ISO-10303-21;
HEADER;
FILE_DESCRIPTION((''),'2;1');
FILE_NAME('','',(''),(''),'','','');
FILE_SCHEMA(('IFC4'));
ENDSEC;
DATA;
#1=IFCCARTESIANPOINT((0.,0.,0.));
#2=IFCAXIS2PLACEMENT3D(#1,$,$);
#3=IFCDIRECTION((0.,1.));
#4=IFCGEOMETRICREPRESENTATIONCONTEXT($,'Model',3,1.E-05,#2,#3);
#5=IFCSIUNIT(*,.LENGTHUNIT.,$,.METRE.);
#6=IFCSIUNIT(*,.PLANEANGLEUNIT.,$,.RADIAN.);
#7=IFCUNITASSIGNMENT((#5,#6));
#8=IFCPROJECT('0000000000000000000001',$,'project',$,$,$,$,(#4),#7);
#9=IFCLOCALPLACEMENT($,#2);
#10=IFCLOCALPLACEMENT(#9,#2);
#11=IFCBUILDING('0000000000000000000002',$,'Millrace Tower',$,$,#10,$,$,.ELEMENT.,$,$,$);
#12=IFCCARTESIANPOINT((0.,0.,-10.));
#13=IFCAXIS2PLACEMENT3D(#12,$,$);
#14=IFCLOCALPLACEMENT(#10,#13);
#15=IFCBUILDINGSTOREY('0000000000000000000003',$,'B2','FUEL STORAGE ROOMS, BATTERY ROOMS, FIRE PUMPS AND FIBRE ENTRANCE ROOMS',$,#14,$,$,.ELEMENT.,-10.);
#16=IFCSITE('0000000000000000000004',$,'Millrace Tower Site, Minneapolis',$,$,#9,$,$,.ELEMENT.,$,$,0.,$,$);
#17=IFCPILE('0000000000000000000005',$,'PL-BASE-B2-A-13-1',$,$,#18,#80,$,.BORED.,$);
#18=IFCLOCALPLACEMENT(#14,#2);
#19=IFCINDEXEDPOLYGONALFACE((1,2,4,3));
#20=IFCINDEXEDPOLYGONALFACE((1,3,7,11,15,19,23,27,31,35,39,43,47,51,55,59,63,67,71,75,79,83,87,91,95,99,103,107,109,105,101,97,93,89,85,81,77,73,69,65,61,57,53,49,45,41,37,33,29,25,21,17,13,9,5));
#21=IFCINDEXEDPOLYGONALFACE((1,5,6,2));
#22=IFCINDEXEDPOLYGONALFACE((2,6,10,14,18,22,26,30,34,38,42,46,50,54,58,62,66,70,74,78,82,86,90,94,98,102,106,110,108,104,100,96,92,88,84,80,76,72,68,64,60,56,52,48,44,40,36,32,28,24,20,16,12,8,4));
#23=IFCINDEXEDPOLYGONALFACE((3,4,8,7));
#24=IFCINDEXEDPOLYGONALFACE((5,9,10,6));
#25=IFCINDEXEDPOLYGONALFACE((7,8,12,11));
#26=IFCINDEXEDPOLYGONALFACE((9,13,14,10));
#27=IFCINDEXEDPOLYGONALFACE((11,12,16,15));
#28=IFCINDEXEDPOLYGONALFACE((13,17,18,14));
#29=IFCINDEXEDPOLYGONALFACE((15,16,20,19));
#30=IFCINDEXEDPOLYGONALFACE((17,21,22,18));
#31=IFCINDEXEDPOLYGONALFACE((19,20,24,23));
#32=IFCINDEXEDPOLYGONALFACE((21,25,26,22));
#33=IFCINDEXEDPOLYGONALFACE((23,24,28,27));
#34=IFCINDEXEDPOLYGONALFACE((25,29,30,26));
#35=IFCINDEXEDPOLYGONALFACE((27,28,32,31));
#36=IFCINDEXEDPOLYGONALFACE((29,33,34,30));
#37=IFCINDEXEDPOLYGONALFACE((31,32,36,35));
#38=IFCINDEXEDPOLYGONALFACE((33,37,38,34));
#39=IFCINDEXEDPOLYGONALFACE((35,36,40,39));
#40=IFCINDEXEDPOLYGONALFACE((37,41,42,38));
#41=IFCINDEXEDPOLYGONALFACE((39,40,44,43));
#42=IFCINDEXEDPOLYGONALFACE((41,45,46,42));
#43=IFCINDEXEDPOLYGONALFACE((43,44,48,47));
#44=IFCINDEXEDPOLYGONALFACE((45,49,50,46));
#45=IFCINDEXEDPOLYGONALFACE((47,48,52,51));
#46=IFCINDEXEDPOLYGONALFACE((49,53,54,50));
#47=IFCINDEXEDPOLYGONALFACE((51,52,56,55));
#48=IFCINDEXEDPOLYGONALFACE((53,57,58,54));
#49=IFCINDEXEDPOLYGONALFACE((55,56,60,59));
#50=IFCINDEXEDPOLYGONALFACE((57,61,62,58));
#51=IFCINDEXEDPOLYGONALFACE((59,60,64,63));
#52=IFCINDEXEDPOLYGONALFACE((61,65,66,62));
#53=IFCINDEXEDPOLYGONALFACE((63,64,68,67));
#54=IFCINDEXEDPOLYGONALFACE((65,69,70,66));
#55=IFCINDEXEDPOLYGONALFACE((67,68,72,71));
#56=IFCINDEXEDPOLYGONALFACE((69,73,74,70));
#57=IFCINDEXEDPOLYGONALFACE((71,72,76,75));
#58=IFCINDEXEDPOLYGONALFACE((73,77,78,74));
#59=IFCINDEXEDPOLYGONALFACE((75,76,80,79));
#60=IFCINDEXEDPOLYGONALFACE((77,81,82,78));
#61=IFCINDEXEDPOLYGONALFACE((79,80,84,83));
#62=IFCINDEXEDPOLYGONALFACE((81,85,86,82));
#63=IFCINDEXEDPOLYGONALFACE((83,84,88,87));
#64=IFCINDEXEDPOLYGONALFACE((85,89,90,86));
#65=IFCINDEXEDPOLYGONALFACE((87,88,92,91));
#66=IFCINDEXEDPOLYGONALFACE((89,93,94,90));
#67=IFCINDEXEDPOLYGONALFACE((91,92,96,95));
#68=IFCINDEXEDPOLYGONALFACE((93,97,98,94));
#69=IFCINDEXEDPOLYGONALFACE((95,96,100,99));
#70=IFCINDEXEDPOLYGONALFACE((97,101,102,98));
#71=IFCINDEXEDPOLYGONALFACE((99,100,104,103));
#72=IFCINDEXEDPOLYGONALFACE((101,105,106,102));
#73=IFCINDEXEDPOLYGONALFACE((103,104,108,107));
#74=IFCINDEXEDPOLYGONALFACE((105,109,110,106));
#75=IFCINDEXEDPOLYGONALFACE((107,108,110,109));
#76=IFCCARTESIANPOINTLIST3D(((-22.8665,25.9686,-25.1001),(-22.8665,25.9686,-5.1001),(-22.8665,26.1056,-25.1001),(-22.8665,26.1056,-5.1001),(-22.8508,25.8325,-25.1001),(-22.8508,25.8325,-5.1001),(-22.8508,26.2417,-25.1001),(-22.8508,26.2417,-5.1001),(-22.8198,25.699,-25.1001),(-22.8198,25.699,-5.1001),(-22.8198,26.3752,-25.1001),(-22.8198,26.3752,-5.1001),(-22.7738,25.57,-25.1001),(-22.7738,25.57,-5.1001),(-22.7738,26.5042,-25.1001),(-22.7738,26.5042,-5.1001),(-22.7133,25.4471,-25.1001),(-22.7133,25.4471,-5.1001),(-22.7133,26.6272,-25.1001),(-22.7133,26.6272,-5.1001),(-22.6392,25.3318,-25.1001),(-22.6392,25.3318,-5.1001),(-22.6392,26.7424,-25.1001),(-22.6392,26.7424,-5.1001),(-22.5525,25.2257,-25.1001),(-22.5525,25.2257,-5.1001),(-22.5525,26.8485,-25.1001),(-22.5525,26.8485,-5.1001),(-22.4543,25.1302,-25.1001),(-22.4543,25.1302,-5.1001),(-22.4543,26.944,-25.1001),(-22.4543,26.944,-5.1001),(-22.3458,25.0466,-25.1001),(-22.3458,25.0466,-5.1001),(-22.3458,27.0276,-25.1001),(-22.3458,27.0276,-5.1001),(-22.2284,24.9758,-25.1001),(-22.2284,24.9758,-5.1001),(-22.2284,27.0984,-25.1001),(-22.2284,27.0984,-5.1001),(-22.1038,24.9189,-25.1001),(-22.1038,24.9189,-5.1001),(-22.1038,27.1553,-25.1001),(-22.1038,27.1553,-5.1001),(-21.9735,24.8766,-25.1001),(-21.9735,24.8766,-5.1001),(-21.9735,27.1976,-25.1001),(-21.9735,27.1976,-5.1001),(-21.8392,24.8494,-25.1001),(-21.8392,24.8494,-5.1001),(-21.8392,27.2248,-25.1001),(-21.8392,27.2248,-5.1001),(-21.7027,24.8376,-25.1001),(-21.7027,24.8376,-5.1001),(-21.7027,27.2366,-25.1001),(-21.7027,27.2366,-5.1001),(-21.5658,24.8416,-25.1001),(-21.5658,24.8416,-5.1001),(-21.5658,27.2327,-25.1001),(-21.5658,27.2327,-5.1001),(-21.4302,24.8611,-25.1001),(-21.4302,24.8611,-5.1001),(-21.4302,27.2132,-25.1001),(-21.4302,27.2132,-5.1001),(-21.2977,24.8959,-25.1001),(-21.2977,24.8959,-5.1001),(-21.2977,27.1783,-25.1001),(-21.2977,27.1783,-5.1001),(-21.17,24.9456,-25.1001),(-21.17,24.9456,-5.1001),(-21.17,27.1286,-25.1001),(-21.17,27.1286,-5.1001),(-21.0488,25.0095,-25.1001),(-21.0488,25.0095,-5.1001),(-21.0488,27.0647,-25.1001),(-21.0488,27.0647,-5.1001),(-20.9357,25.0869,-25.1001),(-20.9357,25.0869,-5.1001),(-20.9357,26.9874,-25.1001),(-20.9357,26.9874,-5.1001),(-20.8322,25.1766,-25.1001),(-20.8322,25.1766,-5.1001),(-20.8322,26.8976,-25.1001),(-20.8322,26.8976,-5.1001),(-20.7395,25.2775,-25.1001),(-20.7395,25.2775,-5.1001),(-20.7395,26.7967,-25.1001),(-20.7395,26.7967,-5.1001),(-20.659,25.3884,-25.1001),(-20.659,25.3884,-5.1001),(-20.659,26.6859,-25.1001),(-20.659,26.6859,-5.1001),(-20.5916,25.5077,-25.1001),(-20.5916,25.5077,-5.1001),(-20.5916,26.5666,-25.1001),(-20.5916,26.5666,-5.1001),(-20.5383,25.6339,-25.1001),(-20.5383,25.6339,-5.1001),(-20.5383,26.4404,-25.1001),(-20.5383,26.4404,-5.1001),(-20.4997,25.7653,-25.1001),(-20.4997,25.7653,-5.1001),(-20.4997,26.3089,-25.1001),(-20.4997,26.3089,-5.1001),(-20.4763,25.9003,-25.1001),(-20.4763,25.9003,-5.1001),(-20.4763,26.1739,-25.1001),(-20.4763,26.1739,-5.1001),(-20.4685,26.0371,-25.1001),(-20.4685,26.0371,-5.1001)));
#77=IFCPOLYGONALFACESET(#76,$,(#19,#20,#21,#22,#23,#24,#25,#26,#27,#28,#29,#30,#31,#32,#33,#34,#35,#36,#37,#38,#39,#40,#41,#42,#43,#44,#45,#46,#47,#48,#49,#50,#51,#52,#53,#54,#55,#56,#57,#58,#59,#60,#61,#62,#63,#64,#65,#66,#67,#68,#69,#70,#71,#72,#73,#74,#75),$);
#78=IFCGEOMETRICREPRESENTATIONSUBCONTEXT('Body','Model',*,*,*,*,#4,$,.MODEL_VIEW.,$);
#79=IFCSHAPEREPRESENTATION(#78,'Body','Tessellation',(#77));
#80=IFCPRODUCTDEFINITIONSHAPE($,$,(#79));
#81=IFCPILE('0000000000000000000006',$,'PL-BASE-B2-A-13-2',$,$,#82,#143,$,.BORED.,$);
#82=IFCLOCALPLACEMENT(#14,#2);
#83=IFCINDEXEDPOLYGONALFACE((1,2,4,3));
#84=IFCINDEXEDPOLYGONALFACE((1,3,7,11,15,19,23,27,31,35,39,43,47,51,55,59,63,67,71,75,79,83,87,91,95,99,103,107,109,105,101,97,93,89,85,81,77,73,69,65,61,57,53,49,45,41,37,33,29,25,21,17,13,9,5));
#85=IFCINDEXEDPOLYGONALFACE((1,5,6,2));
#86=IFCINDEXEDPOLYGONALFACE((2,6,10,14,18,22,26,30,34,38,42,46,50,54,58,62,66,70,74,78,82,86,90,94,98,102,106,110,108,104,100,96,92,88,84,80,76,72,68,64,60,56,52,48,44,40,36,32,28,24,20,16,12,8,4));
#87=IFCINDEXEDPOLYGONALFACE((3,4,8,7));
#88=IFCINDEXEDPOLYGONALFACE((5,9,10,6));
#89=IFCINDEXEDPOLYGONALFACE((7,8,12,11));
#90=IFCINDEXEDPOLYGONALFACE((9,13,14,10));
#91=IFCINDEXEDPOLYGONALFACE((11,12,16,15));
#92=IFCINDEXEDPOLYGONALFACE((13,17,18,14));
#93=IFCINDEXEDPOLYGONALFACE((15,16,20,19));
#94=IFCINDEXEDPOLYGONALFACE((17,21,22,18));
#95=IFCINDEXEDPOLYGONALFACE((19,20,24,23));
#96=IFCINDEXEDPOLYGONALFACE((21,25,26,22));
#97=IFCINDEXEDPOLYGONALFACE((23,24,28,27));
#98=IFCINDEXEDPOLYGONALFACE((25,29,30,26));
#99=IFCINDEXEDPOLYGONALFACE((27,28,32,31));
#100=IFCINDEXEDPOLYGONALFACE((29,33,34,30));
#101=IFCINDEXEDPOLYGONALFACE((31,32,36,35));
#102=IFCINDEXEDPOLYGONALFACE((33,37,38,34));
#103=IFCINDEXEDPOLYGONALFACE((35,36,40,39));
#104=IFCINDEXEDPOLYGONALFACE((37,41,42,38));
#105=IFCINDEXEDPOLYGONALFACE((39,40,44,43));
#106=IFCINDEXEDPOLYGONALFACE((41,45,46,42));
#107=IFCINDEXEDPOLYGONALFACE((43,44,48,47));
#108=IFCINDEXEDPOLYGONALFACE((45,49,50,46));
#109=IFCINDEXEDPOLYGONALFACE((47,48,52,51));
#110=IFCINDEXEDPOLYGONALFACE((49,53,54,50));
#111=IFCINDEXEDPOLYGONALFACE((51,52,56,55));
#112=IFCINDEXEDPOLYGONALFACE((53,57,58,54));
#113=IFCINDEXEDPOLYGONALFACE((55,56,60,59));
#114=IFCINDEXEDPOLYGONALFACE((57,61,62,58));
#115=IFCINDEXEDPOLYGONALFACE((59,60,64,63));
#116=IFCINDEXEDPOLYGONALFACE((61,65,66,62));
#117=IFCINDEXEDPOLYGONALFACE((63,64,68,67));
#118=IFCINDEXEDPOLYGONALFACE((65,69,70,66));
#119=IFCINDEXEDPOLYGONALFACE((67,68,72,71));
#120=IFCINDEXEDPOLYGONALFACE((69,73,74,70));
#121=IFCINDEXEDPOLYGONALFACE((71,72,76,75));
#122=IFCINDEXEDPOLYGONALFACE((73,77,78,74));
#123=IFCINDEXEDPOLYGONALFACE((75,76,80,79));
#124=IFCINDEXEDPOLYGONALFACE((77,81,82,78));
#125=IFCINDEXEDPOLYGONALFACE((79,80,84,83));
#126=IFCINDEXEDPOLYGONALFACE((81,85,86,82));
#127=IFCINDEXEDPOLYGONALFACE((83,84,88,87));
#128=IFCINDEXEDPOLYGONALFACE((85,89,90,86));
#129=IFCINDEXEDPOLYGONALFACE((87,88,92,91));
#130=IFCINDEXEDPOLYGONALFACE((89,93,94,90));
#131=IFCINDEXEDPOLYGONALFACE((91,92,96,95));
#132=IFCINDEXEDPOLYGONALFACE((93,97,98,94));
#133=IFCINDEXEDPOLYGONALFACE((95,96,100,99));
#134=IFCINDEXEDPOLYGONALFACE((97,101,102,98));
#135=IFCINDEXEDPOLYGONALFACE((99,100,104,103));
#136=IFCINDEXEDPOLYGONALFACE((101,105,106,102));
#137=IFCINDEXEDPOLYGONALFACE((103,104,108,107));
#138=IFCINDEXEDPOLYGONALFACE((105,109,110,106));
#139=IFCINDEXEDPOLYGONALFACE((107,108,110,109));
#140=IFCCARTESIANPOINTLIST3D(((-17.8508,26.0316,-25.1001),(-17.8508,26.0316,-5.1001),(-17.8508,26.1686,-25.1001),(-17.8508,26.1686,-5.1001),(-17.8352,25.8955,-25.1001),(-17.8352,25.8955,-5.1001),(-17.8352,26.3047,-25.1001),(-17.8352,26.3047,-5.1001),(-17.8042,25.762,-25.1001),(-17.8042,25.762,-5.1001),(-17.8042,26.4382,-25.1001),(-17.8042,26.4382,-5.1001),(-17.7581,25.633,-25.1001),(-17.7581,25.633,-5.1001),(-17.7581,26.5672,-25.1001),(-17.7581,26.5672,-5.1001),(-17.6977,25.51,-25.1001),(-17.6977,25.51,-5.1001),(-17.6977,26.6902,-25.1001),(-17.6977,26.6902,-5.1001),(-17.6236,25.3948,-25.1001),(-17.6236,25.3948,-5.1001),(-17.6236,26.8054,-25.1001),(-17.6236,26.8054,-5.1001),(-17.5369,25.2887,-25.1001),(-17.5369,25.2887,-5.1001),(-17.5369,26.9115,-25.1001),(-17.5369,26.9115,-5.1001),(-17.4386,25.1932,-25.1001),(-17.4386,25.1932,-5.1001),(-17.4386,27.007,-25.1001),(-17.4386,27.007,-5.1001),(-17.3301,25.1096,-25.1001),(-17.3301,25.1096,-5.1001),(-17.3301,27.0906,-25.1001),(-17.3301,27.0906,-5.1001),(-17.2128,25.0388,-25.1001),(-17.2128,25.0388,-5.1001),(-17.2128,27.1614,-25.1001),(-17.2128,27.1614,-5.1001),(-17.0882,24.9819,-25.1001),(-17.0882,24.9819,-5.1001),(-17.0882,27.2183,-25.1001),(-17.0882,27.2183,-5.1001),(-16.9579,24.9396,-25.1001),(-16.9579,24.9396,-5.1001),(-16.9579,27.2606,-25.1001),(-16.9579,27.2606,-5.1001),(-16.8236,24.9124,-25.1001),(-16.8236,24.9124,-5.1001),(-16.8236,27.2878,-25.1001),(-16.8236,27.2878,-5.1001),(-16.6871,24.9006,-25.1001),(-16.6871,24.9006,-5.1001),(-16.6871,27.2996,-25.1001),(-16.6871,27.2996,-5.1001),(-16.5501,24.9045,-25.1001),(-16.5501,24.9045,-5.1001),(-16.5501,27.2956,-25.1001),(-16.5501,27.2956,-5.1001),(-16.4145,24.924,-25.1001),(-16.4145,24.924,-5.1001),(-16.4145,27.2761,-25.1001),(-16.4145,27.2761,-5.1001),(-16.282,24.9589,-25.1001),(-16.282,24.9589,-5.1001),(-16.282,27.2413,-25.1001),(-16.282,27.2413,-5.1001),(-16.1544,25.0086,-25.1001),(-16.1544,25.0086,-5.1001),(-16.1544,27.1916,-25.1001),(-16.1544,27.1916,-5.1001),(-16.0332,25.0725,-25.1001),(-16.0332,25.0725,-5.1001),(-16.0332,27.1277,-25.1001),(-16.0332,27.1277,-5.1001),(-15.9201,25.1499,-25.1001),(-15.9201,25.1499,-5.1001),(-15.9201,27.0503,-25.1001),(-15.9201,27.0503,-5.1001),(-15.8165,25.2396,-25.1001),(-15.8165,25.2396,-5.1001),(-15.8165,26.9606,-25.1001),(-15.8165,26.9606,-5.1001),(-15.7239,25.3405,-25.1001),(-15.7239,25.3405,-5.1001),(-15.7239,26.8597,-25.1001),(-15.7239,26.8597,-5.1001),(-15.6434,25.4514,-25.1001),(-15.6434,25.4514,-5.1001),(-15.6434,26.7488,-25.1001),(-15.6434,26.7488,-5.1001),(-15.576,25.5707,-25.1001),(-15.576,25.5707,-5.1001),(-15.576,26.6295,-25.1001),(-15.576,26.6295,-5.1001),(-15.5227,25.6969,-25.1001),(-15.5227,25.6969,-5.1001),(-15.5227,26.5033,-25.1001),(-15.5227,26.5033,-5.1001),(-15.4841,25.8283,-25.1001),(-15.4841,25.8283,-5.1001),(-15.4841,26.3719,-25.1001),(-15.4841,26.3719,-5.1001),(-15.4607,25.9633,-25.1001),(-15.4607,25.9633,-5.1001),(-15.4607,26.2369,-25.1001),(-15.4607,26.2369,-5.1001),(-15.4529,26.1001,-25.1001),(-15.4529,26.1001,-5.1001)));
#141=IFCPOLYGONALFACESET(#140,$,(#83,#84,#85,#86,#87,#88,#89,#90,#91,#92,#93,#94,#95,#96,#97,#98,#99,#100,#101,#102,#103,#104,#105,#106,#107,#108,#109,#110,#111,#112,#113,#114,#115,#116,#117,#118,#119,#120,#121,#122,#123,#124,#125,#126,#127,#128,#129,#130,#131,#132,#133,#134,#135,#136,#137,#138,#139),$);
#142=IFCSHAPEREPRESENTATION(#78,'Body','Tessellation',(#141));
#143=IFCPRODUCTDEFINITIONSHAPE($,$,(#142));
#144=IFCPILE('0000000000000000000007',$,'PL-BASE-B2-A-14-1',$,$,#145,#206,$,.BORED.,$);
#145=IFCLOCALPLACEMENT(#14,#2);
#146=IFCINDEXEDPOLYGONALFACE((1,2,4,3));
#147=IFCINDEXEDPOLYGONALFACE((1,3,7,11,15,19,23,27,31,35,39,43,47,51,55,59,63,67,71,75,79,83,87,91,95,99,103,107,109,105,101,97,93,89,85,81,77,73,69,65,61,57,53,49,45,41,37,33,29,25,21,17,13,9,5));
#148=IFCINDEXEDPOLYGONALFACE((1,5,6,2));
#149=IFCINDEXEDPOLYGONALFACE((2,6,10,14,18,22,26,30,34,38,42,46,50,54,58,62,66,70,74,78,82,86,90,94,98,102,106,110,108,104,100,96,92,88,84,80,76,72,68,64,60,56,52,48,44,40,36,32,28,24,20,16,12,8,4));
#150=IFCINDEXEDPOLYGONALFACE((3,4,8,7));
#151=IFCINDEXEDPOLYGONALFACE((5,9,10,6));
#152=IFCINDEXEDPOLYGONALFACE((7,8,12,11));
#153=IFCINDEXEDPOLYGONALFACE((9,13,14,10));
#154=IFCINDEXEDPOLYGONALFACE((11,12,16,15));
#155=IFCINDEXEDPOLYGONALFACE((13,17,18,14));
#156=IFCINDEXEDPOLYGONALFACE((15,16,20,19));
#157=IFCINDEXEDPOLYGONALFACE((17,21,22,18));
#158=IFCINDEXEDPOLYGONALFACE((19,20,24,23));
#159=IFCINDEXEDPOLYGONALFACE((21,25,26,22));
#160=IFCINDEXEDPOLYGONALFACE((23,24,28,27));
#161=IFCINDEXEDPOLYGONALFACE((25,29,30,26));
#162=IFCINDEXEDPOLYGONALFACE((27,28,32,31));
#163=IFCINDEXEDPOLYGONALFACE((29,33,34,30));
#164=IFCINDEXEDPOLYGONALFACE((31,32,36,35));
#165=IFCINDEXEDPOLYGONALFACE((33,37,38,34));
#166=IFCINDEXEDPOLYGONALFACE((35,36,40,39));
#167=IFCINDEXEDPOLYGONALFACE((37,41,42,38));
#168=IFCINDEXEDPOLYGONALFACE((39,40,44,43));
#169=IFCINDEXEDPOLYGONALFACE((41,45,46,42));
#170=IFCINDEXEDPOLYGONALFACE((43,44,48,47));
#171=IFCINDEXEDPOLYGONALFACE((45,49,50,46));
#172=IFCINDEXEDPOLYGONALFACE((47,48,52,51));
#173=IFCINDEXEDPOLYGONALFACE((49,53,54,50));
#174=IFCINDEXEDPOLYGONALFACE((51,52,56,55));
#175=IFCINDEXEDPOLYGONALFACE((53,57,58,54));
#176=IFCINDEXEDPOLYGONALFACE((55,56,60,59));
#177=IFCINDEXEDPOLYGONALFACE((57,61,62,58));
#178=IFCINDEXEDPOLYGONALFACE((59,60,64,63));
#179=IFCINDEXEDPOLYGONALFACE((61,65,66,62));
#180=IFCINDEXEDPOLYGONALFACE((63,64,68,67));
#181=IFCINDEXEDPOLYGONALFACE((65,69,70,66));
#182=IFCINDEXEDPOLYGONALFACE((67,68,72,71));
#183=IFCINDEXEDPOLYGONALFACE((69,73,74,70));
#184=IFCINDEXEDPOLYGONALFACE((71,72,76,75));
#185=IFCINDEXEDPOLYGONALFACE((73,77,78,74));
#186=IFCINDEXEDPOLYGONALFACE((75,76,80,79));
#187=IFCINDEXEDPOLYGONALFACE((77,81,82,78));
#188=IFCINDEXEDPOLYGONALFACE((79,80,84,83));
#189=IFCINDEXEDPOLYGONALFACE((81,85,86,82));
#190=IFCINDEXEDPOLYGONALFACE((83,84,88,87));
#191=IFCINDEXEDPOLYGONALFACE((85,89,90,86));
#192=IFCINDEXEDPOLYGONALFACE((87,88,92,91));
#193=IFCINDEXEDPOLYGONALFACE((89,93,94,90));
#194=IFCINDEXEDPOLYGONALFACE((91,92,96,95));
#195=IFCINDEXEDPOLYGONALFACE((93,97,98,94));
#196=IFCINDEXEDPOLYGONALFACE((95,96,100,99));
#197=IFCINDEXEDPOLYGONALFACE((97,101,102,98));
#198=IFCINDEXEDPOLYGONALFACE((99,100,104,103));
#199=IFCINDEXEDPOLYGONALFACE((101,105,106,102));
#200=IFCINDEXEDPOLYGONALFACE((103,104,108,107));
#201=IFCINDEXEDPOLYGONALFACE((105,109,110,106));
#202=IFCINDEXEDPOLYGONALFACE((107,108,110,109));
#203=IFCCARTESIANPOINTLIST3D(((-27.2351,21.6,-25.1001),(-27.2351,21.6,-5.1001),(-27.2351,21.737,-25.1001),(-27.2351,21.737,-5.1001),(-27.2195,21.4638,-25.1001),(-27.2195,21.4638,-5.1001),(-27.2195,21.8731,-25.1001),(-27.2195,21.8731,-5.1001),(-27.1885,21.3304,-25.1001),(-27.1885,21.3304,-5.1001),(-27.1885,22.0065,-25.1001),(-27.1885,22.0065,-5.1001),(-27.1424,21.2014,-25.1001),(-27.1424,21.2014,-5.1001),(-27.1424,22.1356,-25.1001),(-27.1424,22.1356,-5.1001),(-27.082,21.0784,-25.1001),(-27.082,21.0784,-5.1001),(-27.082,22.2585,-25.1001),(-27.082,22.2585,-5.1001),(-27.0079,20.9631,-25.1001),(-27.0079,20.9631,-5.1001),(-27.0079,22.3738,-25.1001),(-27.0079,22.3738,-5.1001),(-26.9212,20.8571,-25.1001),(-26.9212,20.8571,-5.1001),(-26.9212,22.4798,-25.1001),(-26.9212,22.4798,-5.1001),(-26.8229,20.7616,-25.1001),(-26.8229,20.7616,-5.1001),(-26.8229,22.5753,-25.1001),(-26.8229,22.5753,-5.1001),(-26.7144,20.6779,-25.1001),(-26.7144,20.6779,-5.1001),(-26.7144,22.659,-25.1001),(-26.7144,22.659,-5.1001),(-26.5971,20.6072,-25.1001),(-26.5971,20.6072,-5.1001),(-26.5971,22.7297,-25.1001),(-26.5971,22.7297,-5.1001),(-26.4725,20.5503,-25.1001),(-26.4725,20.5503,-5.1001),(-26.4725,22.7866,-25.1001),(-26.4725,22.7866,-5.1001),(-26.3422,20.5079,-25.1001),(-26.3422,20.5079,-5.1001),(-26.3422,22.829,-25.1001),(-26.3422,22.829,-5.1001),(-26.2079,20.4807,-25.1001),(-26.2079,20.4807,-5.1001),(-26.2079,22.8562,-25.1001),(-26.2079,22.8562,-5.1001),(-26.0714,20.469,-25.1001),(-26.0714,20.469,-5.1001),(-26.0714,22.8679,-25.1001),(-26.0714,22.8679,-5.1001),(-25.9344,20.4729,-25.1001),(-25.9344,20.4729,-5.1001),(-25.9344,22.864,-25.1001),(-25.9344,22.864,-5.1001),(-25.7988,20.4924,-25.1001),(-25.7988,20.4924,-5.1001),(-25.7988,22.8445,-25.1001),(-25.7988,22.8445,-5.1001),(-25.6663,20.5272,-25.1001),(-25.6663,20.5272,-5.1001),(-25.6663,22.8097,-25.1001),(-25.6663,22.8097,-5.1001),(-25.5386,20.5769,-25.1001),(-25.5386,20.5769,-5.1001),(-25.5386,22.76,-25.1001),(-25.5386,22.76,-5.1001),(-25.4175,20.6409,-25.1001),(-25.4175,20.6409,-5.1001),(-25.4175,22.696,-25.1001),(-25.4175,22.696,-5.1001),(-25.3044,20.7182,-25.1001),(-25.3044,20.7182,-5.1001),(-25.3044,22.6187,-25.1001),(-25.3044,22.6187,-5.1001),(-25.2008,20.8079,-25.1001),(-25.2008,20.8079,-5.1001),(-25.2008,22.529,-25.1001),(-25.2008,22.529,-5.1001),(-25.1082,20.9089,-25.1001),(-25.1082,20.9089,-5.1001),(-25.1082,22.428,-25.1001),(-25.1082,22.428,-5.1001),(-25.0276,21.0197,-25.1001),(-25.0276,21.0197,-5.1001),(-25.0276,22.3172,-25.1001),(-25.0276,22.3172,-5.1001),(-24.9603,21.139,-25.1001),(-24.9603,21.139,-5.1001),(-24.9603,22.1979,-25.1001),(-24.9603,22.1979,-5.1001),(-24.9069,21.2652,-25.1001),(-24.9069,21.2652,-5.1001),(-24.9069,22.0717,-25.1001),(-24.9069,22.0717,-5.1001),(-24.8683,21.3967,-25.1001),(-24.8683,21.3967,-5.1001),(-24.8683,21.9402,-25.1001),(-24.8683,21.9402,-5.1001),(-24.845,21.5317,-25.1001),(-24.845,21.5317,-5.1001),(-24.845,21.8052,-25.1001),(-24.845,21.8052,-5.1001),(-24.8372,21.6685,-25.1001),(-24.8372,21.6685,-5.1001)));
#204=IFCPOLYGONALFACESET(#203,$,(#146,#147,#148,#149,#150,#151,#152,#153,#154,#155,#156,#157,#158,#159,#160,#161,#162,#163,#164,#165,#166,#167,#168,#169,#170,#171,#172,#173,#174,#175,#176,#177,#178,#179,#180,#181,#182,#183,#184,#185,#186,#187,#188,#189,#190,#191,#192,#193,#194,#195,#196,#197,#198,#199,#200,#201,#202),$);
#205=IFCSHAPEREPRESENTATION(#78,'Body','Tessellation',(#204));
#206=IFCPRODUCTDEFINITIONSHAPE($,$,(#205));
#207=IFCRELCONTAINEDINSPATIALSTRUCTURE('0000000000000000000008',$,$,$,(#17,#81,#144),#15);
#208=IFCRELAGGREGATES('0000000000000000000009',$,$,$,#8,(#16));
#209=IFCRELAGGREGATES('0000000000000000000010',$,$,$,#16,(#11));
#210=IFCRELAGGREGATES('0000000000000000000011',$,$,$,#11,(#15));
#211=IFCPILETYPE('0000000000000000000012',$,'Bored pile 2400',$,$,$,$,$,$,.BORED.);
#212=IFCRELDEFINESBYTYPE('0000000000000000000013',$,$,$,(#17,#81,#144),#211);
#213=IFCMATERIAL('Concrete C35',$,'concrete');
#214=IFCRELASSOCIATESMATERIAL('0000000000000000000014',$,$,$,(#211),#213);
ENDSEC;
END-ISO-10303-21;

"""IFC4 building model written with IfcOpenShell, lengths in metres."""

from ifc_helpers import new_model, si_unit, direction, frame, origin, origin_2d, place, context, subcontext, project, spatial, circle, extrude, material, material_profile, profile_set, type_object, element, save


model = new_model("IFC4")

# Units and contexts
model_context = context("Model", 3, precision=1e-05, world=origin(), true_north=direction((0.0, 1.0)))
body_context = subcontext(model_context, "Body", "Model", "MODEL_VIEW")
ifc_project = project(units=[si_unit("LENGTHUNIT", "METRE"), si_unit("PLANEANGLEUNIT", "RADIAN")], contexts=[model_context])

# Site, building, storey
site_placement = place(None, origin())
site = spatial("IfcSite", under=ifc_project, at=site_placement, Name="Millrace Tower Site, Minneapolis", CompositionType="ELEMENT", RefElevation=0.0)
building_placement = place(site_placement, origin())
building = spatial("IfcBuilding", under=site, at=building_placement, Name="Millrace Tower", CompositionType="ELEMENT")
storey_placement = place(building_placement, frame((0.0, 0.0, -10.0)))
storey = spatial("IfcBuildingStorey", under=building, at=storey_placement, Name="B2", Description="FUEL STORAGE ROOMS, BATTERY ROOMS, FIRE PUMPS AND FIBRE ENTRANCE ROOMS", CompositionType="ELEMENT", Elevation=-10.0)

# Piles
ifc_material_1 = material(Name="Concrete C35", Category="concrete")
ifc_material_profile_1 = material_profile(ifc_material_1, circle(Radius=1.2, at=origin_2d()))
ifc_profile_set_1 = profile_set([ifc_material_profile_1], Name="Concrete C35")
pile_type = type_object("IfcPileType", Name="Bored pile 2400", PredefinedType="BORED", material=ifc_profile_set_1)
for number, where, z_axis, x_axis, name in (
    (1, (-21.6685, 26.0371, -5.1001), (0.0, 0.0, -1.0), (1.0, 0.0, 0.0), "PL-BASE-B2-A-13-1"),
    (2, (-16.6528, 26.1001, -5.1001), (0.0, 0.0, -1.0), (1.0, 0.0, 0.0), "PL-BASE-B2-A-13-2"),
    (3, (-26.0371, 21.6685, -5.1001), (0.0, 0.0, -1.0), (1.0, 0.0, 0.0), "PL-BASE-B2-A-14-1"),
):
    element("IfcPile", number, at=place(storey_placement, frame(where, z_axis=z_axis, x_axis=x_axis)), inside=storey, type_object=pile_type, Name=name, PredefinedType="BORED", context=body_context, shape_type="SweptSolid", body=[
        extrude(circle(Radius=1.2, at=origin_2d()), origin(), (0.0, 0.0, 1.0), 20.0),
    ])

save(model, "model.ifc")
